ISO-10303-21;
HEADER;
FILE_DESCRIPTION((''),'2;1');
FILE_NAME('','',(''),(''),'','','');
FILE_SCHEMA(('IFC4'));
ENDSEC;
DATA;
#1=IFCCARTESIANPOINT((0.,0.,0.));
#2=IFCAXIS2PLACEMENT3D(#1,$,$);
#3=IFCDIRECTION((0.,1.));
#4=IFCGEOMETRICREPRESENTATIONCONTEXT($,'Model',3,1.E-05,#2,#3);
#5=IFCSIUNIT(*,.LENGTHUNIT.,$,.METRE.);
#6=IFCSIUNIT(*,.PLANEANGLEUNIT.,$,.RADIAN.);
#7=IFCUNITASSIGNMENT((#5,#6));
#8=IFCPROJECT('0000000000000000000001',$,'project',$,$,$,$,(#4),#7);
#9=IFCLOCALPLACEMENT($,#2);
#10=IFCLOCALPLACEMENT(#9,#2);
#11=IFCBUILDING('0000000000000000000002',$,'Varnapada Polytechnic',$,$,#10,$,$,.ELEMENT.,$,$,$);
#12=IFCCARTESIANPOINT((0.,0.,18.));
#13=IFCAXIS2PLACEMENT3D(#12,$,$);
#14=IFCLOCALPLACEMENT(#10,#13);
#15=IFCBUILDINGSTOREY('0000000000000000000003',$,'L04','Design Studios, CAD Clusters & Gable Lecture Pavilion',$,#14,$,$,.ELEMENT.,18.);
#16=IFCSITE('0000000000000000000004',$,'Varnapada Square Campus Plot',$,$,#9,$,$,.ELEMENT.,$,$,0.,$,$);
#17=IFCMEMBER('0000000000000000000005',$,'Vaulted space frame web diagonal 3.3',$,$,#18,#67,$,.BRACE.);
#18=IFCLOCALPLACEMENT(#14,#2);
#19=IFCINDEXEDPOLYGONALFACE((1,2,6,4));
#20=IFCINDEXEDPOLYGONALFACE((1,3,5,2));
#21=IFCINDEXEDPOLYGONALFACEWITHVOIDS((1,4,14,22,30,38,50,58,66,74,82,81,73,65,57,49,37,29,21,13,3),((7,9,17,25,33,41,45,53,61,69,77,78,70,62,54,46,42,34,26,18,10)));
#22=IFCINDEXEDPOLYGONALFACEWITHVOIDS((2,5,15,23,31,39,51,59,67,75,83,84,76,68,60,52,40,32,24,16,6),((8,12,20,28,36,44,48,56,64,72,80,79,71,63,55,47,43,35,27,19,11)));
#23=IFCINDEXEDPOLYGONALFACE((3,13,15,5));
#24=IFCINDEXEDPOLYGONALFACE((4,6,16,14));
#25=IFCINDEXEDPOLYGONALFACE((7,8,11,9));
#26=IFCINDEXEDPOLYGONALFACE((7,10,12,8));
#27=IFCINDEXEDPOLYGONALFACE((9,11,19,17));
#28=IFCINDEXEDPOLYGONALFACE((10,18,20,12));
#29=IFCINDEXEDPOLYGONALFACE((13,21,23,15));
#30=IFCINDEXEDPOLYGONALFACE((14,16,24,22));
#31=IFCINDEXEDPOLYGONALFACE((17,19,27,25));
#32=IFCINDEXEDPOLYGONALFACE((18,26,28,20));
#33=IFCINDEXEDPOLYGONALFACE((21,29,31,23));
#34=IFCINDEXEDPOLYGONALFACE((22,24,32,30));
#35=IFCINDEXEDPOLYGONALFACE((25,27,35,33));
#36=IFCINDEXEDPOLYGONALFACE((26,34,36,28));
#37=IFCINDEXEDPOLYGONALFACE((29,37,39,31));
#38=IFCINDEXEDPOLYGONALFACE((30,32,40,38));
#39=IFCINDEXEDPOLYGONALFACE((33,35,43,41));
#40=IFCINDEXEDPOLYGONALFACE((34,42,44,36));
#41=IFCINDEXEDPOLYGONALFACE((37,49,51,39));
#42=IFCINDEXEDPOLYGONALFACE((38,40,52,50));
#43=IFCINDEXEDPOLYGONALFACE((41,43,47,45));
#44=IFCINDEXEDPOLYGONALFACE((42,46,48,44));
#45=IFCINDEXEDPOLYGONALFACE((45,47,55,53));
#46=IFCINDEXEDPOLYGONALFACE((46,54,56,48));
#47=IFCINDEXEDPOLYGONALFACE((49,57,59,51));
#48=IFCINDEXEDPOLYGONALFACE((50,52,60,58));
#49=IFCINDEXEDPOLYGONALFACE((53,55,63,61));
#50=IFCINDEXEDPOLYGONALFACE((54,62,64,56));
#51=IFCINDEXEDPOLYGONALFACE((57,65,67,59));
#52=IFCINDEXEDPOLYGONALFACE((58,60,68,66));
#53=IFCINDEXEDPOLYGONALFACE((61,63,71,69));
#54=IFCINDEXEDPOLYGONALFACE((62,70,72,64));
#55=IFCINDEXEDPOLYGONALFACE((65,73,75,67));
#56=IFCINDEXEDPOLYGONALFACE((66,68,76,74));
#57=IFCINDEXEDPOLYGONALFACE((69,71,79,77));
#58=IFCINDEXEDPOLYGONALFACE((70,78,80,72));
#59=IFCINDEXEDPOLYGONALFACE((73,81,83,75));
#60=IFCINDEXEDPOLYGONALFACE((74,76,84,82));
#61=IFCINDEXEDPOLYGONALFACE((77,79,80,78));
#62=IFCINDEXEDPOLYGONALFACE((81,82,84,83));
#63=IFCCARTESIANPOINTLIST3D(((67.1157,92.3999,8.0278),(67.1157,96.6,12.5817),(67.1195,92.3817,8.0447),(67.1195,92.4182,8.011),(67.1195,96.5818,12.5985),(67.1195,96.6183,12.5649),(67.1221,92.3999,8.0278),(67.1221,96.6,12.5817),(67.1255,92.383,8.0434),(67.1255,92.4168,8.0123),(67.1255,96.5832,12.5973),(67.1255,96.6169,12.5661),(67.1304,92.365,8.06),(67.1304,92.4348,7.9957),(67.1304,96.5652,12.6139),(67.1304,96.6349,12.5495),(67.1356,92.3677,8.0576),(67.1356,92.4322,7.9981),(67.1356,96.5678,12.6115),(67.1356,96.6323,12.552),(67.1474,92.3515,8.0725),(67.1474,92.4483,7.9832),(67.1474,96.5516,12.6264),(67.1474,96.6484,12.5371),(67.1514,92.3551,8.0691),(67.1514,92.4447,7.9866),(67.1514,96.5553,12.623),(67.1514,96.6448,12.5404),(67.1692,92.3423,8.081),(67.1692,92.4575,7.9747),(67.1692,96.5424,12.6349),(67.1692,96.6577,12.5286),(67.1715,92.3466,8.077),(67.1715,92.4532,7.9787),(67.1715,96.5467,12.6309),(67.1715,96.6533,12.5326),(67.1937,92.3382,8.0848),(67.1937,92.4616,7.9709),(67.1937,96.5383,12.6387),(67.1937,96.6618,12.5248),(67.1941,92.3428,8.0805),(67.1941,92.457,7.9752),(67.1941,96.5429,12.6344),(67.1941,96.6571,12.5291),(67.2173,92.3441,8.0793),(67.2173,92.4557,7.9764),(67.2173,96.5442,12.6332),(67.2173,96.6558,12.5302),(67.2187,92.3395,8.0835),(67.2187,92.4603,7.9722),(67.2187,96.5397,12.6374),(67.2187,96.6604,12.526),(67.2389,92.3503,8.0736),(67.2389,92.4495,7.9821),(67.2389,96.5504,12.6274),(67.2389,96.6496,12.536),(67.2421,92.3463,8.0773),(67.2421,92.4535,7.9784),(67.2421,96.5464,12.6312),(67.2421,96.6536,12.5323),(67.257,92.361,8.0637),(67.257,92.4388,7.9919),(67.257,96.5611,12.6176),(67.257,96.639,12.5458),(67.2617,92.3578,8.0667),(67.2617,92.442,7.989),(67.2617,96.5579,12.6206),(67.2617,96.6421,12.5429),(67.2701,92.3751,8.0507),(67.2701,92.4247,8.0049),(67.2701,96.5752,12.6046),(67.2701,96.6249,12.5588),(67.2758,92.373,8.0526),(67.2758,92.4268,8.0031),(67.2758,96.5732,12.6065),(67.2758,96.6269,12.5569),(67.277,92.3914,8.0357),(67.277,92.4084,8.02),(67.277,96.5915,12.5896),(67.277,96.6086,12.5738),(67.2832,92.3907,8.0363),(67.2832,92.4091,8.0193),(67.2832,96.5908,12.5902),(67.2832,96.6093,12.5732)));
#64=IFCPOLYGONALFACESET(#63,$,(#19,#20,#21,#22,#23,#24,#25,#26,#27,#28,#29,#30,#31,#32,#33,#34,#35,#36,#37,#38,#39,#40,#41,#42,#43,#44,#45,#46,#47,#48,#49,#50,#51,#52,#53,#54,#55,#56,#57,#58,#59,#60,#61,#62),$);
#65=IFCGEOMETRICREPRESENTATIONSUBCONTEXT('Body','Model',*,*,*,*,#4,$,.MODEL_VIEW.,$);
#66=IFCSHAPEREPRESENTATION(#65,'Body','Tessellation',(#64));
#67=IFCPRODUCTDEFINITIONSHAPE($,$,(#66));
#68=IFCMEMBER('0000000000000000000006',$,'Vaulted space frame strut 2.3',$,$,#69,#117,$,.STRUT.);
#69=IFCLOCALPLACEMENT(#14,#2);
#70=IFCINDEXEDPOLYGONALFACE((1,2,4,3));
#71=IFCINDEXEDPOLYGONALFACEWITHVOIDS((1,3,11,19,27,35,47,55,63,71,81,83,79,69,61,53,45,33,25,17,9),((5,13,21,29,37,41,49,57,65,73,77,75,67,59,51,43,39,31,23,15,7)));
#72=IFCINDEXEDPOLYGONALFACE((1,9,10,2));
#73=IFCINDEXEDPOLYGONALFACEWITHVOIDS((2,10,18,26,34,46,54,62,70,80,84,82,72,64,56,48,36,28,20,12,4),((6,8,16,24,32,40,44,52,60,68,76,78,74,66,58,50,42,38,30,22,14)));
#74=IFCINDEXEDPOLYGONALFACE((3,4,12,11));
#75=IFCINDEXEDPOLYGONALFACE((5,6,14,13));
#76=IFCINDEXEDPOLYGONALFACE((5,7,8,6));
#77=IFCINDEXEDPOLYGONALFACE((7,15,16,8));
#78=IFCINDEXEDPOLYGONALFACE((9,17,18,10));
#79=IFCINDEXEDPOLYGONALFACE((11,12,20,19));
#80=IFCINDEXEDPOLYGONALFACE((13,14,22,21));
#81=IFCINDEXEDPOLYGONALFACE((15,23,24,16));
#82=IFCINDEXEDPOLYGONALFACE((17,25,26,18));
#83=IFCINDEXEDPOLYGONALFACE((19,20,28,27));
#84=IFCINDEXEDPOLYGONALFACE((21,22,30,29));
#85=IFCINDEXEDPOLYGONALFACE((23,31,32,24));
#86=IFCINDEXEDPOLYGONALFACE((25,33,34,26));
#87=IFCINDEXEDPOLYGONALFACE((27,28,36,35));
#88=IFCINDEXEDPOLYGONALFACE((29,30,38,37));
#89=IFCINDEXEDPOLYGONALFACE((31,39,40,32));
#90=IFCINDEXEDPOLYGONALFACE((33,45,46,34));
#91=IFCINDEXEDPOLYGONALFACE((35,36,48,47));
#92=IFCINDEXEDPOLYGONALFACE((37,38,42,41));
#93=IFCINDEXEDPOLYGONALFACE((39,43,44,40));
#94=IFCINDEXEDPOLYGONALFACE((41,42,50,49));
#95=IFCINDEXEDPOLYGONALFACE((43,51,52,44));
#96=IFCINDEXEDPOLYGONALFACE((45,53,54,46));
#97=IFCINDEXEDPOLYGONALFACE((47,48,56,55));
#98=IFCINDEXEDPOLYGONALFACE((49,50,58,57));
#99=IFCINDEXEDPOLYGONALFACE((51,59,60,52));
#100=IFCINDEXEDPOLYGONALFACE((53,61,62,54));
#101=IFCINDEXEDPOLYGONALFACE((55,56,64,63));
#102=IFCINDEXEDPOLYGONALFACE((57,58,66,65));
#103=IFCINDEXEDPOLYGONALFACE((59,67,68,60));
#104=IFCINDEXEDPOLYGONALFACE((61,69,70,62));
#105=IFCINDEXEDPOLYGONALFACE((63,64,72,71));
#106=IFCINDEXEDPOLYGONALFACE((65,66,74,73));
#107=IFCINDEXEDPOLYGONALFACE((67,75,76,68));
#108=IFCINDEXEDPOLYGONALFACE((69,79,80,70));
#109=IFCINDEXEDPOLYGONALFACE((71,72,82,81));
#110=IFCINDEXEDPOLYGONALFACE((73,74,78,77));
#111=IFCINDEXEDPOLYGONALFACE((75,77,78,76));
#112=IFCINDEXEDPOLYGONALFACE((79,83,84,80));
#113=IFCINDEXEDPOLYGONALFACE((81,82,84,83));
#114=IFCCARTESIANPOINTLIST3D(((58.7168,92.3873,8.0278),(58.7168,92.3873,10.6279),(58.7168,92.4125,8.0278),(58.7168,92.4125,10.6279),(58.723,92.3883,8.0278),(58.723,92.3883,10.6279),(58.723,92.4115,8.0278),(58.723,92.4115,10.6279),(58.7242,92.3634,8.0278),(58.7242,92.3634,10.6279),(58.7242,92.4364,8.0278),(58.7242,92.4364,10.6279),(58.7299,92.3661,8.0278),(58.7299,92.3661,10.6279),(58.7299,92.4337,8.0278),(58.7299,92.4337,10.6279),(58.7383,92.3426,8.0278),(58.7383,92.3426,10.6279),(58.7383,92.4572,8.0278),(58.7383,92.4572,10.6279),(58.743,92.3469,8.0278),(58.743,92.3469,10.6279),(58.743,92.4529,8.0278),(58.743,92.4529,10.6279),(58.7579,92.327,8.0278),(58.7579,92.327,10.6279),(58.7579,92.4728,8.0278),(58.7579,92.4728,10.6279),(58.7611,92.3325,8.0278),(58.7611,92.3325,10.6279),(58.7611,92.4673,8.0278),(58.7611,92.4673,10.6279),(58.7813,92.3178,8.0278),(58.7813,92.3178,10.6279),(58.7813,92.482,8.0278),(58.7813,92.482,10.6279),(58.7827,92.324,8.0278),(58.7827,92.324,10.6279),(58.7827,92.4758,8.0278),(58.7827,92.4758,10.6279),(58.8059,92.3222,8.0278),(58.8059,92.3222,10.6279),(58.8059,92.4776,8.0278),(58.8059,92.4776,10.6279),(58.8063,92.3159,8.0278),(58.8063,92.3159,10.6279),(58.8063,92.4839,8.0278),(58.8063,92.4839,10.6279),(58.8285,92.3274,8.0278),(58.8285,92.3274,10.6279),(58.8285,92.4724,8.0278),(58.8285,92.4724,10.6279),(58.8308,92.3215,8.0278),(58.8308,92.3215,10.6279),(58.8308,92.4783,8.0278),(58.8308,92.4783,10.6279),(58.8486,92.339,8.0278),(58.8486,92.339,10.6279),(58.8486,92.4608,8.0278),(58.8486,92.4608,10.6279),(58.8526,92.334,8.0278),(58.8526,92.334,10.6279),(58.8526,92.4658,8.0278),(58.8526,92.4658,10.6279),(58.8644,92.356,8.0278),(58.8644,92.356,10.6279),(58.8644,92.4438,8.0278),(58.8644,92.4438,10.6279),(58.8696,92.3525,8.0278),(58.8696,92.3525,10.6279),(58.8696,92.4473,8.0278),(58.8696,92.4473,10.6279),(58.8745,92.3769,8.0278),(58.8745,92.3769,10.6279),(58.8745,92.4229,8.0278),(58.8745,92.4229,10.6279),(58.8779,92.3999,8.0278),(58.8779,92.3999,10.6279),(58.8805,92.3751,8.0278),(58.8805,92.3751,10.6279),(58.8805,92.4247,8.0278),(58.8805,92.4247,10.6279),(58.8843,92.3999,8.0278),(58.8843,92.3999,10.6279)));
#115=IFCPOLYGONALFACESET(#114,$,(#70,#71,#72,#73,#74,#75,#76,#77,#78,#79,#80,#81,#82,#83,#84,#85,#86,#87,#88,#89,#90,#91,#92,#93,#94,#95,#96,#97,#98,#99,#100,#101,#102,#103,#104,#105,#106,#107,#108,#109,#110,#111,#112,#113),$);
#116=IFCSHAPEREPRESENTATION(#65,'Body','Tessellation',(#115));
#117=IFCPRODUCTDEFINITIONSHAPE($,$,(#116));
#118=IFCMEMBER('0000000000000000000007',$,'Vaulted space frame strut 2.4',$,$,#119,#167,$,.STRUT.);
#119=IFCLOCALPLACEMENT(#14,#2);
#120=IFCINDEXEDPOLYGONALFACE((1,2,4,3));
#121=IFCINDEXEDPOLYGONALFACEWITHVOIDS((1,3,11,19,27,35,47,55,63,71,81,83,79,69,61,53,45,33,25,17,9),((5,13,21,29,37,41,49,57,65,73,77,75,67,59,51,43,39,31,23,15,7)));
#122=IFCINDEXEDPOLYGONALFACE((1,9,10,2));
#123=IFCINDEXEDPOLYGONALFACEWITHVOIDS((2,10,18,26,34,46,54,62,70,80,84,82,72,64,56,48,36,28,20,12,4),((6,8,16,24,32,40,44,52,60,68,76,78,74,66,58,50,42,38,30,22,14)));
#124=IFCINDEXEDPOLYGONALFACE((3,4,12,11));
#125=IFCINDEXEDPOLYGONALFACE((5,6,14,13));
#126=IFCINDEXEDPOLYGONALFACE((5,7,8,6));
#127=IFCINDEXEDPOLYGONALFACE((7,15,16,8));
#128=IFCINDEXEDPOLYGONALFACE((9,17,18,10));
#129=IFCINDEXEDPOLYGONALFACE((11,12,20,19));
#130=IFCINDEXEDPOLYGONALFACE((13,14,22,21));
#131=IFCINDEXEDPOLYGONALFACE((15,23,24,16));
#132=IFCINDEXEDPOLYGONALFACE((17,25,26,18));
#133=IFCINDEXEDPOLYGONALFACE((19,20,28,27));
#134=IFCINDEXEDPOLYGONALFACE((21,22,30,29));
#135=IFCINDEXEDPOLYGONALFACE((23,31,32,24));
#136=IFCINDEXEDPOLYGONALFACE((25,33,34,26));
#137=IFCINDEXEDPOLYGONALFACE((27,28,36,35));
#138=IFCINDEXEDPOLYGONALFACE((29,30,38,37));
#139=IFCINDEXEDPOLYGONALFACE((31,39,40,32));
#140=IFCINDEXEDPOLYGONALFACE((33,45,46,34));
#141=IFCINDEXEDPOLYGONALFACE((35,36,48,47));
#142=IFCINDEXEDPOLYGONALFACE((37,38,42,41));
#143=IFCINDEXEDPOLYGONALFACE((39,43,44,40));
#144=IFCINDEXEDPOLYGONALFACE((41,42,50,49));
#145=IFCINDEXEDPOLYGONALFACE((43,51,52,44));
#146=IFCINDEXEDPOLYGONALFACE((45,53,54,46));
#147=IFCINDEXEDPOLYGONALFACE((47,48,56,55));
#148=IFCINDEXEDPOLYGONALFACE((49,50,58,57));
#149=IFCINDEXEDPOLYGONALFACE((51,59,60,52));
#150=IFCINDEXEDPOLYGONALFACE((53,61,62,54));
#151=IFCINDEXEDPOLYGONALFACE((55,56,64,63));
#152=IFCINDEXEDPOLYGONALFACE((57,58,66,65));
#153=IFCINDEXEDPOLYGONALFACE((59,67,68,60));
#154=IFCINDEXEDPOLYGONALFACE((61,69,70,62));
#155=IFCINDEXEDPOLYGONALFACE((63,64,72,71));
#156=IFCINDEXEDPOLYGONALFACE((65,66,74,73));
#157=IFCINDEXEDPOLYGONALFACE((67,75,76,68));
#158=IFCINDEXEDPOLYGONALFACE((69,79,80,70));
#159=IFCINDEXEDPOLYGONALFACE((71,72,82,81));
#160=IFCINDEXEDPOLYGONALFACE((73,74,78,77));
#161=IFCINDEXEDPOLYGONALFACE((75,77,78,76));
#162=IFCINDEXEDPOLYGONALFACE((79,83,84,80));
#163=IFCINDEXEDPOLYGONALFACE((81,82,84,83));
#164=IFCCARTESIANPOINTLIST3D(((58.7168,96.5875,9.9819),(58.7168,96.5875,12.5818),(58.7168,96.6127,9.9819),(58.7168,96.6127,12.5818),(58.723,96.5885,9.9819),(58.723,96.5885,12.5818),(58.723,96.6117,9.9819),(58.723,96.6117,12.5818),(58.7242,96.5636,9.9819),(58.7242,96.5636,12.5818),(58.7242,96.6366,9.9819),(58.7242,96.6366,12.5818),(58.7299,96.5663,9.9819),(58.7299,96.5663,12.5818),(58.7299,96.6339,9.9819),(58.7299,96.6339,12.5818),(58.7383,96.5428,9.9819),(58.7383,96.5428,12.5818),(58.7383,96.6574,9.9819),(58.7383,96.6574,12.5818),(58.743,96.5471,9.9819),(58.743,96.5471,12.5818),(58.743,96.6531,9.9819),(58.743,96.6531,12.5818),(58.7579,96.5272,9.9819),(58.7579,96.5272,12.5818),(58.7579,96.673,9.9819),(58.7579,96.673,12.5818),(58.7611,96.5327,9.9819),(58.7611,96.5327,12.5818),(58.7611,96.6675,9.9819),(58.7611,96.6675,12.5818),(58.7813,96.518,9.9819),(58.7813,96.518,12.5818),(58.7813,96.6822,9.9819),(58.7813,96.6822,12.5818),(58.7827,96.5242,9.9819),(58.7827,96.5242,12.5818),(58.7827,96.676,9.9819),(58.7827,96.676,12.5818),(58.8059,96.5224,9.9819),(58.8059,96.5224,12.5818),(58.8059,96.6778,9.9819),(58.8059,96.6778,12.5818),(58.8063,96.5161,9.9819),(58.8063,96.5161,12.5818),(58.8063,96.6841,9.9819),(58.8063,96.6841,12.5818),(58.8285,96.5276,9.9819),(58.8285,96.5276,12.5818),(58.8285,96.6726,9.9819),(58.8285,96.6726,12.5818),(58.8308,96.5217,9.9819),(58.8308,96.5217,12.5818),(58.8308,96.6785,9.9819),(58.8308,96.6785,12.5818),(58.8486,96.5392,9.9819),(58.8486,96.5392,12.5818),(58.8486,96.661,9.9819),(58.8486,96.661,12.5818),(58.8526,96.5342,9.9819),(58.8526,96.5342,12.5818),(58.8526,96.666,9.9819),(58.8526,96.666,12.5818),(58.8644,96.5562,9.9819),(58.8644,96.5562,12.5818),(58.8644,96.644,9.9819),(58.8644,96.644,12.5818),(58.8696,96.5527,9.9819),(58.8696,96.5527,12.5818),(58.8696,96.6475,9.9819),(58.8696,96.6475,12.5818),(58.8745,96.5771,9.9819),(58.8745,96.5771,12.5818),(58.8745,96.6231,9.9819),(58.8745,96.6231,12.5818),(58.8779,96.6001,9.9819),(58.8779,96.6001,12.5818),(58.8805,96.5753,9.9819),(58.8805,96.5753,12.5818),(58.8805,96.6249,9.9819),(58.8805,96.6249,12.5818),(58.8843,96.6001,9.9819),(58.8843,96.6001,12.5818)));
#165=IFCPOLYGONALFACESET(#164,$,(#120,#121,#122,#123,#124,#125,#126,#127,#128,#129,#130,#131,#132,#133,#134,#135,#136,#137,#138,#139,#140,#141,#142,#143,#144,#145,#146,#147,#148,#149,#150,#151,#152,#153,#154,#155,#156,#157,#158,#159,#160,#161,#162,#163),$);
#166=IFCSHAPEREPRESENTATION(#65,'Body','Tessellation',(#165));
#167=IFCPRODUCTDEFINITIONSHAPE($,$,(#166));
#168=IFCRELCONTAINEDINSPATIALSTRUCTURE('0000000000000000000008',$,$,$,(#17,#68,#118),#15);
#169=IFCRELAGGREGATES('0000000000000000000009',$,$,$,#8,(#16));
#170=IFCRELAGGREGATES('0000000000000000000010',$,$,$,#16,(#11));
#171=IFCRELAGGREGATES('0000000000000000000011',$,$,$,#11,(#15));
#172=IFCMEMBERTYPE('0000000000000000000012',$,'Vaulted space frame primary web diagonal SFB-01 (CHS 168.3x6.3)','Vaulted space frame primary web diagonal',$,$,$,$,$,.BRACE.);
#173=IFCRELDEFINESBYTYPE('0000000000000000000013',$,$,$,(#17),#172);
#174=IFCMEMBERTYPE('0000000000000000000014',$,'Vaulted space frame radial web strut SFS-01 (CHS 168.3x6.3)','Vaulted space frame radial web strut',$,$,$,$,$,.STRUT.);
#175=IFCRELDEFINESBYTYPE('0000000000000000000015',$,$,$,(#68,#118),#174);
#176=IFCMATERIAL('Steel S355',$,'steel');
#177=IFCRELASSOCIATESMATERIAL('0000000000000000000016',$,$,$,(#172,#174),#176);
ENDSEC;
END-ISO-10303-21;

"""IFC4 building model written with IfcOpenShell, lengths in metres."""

from ifc_helpers import new_model, si_unit, direction, frame, origin, origin_2d, place, context, subcontext, project, spatial, hollow_circle, extrude, material, material_profile, profile_set, type_object, element, save


model = new_model("IFC4")

# Units and contexts
model_context = context("Model", 3, precision=1e-05, world=origin(), true_north=direction((0.0, 1.0)))
body_context = subcontext(model_context, "Body", "Model", "MODEL_VIEW")
ifc_project = project(units=[si_unit("LENGTHUNIT", "METRE"), si_unit("PLANEANGLEUNIT", "RADIAN")], contexts=[model_context])

# Site, building, storey
site_placement = place(None, origin())
site = spatial("IfcSite", under=ifc_project, at=site_placement, Name="Varnapada Square Campus Plot", CompositionType="ELEMENT", RefElevation=0.0)
building_placement = place(site_placement, origin())
building = spatial("IfcBuilding", under=site, at=building_placement, Name="Varnapada Polytechnic", CompositionType="ELEMENT")
storey_placement = place(building_placement, frame((0.0, 0.0, 18.0)))
storey = spatial("IfcBuildingStorey", under=building, at=storey_placement, Name="L04", Description="Design Studios, CAD Clusters & Gable Lecture Pavilion", CompositionType="ELEMENT", Elevation=18.0)

# Shared definitions
ifc_material = material(Name="Steel S355", Category="steel")

# Members
ifc_material_profile_1 = material_profile(ifc_material, hollow_circle(Radius=0.0842, WallThickness=0.0063, at=origin_2d()), Name="CHS 168.3x6.3")
ifc_profile_set_1 = profile_set([ifc_material_profile_1], Name="Steel S355")
member_type_1 = type_object("IfcMemberType", Name="Vaulted space frame primary web diagonal SFB-01 (CHS 168.3x6.3)", Description="Vaulted space frame primary web diagonal", PredefinedType="BRACE", material=ifc_profile_set_1)
member_1_placement = place(storey_placement, frame((67.2, 92.3999, 8.0278), z_axis=(0.0, 0.677979, 0.735081), x_axis=(-1.0, 0.0, 0.0)))
element("IfcMember", 1, at=member_1_placement, inside=storey, type_object=member_type_1, Name="Vaulted space frame web diagonal 3.3", PredefinedType="BRACE", context=body_context, shape_type="SweptSolid", body=[
    extrude(hollow_circle(Radius=0.0842, WallThickness=0.0063, at=origin_2d()), origin(), (0.0, 0.0, 1.0), 6.1951),
])
ifc_material_profile_2 = material_profile(ifc_material, hollow_circle(Radius=0.0842, WallThickness=0.0063, at=origin_2d()), Name="CHS 168.3x6.3")
ifc_profile_set_2 = profile_set([ifc_material_profile_2], Name="Steel S355")
member_type_2 = type_object("IfcMemberType", Name="Vaulted space frame radial web strut SFS-01 (CHS 168.3x6.3)", Description="Vaulted space frame radial web strut", PredefinedType="STRUT", material=ifc_profile_set_2)
member_2_placement = place(storey_placement, frame((58.8, 92.3999, 8.0278), z_axis=(0.0, 0.0, 1.0), x_axis=(1.0, 0.0, 0.0)))
element("IfcMember", 2, at=member_2_placement, inside=storey, type_object=member_type_2, Name="Vaulted space frame strut 2.3", PredefinedType="STRUT", context=body_context, shape_type="SweptSolid", body=[
    extrude(hollow_circle(Radius=0.0842, WallThickness=0.0063, at=origin_2d()), origin(), (0.0, 0.0, 1.0), 2.6001),
])
member_3_placement = place(storey_placement, frame((58.8, 96.6001, 9.9819), z_axis=(0.0, 0.0, 1.0), x_axis=(1.0, 0.0, 0.0)))
element("IfcMember", 3, at=member_3_placement, inside=storey, type_object=member_type_2, Name="Vaulted space frame strut 2.4", PredefinedType="STRUT", context=body_context, shape_type="SweptSolid", body=[
    extrude(hollow_circle(Radius=0.0842, WallThickness=0.0063, at=origin_2d()), origin(), (0.0, 0.0, 1.0), 2.5999),
])

save(model, "model.ifc")
